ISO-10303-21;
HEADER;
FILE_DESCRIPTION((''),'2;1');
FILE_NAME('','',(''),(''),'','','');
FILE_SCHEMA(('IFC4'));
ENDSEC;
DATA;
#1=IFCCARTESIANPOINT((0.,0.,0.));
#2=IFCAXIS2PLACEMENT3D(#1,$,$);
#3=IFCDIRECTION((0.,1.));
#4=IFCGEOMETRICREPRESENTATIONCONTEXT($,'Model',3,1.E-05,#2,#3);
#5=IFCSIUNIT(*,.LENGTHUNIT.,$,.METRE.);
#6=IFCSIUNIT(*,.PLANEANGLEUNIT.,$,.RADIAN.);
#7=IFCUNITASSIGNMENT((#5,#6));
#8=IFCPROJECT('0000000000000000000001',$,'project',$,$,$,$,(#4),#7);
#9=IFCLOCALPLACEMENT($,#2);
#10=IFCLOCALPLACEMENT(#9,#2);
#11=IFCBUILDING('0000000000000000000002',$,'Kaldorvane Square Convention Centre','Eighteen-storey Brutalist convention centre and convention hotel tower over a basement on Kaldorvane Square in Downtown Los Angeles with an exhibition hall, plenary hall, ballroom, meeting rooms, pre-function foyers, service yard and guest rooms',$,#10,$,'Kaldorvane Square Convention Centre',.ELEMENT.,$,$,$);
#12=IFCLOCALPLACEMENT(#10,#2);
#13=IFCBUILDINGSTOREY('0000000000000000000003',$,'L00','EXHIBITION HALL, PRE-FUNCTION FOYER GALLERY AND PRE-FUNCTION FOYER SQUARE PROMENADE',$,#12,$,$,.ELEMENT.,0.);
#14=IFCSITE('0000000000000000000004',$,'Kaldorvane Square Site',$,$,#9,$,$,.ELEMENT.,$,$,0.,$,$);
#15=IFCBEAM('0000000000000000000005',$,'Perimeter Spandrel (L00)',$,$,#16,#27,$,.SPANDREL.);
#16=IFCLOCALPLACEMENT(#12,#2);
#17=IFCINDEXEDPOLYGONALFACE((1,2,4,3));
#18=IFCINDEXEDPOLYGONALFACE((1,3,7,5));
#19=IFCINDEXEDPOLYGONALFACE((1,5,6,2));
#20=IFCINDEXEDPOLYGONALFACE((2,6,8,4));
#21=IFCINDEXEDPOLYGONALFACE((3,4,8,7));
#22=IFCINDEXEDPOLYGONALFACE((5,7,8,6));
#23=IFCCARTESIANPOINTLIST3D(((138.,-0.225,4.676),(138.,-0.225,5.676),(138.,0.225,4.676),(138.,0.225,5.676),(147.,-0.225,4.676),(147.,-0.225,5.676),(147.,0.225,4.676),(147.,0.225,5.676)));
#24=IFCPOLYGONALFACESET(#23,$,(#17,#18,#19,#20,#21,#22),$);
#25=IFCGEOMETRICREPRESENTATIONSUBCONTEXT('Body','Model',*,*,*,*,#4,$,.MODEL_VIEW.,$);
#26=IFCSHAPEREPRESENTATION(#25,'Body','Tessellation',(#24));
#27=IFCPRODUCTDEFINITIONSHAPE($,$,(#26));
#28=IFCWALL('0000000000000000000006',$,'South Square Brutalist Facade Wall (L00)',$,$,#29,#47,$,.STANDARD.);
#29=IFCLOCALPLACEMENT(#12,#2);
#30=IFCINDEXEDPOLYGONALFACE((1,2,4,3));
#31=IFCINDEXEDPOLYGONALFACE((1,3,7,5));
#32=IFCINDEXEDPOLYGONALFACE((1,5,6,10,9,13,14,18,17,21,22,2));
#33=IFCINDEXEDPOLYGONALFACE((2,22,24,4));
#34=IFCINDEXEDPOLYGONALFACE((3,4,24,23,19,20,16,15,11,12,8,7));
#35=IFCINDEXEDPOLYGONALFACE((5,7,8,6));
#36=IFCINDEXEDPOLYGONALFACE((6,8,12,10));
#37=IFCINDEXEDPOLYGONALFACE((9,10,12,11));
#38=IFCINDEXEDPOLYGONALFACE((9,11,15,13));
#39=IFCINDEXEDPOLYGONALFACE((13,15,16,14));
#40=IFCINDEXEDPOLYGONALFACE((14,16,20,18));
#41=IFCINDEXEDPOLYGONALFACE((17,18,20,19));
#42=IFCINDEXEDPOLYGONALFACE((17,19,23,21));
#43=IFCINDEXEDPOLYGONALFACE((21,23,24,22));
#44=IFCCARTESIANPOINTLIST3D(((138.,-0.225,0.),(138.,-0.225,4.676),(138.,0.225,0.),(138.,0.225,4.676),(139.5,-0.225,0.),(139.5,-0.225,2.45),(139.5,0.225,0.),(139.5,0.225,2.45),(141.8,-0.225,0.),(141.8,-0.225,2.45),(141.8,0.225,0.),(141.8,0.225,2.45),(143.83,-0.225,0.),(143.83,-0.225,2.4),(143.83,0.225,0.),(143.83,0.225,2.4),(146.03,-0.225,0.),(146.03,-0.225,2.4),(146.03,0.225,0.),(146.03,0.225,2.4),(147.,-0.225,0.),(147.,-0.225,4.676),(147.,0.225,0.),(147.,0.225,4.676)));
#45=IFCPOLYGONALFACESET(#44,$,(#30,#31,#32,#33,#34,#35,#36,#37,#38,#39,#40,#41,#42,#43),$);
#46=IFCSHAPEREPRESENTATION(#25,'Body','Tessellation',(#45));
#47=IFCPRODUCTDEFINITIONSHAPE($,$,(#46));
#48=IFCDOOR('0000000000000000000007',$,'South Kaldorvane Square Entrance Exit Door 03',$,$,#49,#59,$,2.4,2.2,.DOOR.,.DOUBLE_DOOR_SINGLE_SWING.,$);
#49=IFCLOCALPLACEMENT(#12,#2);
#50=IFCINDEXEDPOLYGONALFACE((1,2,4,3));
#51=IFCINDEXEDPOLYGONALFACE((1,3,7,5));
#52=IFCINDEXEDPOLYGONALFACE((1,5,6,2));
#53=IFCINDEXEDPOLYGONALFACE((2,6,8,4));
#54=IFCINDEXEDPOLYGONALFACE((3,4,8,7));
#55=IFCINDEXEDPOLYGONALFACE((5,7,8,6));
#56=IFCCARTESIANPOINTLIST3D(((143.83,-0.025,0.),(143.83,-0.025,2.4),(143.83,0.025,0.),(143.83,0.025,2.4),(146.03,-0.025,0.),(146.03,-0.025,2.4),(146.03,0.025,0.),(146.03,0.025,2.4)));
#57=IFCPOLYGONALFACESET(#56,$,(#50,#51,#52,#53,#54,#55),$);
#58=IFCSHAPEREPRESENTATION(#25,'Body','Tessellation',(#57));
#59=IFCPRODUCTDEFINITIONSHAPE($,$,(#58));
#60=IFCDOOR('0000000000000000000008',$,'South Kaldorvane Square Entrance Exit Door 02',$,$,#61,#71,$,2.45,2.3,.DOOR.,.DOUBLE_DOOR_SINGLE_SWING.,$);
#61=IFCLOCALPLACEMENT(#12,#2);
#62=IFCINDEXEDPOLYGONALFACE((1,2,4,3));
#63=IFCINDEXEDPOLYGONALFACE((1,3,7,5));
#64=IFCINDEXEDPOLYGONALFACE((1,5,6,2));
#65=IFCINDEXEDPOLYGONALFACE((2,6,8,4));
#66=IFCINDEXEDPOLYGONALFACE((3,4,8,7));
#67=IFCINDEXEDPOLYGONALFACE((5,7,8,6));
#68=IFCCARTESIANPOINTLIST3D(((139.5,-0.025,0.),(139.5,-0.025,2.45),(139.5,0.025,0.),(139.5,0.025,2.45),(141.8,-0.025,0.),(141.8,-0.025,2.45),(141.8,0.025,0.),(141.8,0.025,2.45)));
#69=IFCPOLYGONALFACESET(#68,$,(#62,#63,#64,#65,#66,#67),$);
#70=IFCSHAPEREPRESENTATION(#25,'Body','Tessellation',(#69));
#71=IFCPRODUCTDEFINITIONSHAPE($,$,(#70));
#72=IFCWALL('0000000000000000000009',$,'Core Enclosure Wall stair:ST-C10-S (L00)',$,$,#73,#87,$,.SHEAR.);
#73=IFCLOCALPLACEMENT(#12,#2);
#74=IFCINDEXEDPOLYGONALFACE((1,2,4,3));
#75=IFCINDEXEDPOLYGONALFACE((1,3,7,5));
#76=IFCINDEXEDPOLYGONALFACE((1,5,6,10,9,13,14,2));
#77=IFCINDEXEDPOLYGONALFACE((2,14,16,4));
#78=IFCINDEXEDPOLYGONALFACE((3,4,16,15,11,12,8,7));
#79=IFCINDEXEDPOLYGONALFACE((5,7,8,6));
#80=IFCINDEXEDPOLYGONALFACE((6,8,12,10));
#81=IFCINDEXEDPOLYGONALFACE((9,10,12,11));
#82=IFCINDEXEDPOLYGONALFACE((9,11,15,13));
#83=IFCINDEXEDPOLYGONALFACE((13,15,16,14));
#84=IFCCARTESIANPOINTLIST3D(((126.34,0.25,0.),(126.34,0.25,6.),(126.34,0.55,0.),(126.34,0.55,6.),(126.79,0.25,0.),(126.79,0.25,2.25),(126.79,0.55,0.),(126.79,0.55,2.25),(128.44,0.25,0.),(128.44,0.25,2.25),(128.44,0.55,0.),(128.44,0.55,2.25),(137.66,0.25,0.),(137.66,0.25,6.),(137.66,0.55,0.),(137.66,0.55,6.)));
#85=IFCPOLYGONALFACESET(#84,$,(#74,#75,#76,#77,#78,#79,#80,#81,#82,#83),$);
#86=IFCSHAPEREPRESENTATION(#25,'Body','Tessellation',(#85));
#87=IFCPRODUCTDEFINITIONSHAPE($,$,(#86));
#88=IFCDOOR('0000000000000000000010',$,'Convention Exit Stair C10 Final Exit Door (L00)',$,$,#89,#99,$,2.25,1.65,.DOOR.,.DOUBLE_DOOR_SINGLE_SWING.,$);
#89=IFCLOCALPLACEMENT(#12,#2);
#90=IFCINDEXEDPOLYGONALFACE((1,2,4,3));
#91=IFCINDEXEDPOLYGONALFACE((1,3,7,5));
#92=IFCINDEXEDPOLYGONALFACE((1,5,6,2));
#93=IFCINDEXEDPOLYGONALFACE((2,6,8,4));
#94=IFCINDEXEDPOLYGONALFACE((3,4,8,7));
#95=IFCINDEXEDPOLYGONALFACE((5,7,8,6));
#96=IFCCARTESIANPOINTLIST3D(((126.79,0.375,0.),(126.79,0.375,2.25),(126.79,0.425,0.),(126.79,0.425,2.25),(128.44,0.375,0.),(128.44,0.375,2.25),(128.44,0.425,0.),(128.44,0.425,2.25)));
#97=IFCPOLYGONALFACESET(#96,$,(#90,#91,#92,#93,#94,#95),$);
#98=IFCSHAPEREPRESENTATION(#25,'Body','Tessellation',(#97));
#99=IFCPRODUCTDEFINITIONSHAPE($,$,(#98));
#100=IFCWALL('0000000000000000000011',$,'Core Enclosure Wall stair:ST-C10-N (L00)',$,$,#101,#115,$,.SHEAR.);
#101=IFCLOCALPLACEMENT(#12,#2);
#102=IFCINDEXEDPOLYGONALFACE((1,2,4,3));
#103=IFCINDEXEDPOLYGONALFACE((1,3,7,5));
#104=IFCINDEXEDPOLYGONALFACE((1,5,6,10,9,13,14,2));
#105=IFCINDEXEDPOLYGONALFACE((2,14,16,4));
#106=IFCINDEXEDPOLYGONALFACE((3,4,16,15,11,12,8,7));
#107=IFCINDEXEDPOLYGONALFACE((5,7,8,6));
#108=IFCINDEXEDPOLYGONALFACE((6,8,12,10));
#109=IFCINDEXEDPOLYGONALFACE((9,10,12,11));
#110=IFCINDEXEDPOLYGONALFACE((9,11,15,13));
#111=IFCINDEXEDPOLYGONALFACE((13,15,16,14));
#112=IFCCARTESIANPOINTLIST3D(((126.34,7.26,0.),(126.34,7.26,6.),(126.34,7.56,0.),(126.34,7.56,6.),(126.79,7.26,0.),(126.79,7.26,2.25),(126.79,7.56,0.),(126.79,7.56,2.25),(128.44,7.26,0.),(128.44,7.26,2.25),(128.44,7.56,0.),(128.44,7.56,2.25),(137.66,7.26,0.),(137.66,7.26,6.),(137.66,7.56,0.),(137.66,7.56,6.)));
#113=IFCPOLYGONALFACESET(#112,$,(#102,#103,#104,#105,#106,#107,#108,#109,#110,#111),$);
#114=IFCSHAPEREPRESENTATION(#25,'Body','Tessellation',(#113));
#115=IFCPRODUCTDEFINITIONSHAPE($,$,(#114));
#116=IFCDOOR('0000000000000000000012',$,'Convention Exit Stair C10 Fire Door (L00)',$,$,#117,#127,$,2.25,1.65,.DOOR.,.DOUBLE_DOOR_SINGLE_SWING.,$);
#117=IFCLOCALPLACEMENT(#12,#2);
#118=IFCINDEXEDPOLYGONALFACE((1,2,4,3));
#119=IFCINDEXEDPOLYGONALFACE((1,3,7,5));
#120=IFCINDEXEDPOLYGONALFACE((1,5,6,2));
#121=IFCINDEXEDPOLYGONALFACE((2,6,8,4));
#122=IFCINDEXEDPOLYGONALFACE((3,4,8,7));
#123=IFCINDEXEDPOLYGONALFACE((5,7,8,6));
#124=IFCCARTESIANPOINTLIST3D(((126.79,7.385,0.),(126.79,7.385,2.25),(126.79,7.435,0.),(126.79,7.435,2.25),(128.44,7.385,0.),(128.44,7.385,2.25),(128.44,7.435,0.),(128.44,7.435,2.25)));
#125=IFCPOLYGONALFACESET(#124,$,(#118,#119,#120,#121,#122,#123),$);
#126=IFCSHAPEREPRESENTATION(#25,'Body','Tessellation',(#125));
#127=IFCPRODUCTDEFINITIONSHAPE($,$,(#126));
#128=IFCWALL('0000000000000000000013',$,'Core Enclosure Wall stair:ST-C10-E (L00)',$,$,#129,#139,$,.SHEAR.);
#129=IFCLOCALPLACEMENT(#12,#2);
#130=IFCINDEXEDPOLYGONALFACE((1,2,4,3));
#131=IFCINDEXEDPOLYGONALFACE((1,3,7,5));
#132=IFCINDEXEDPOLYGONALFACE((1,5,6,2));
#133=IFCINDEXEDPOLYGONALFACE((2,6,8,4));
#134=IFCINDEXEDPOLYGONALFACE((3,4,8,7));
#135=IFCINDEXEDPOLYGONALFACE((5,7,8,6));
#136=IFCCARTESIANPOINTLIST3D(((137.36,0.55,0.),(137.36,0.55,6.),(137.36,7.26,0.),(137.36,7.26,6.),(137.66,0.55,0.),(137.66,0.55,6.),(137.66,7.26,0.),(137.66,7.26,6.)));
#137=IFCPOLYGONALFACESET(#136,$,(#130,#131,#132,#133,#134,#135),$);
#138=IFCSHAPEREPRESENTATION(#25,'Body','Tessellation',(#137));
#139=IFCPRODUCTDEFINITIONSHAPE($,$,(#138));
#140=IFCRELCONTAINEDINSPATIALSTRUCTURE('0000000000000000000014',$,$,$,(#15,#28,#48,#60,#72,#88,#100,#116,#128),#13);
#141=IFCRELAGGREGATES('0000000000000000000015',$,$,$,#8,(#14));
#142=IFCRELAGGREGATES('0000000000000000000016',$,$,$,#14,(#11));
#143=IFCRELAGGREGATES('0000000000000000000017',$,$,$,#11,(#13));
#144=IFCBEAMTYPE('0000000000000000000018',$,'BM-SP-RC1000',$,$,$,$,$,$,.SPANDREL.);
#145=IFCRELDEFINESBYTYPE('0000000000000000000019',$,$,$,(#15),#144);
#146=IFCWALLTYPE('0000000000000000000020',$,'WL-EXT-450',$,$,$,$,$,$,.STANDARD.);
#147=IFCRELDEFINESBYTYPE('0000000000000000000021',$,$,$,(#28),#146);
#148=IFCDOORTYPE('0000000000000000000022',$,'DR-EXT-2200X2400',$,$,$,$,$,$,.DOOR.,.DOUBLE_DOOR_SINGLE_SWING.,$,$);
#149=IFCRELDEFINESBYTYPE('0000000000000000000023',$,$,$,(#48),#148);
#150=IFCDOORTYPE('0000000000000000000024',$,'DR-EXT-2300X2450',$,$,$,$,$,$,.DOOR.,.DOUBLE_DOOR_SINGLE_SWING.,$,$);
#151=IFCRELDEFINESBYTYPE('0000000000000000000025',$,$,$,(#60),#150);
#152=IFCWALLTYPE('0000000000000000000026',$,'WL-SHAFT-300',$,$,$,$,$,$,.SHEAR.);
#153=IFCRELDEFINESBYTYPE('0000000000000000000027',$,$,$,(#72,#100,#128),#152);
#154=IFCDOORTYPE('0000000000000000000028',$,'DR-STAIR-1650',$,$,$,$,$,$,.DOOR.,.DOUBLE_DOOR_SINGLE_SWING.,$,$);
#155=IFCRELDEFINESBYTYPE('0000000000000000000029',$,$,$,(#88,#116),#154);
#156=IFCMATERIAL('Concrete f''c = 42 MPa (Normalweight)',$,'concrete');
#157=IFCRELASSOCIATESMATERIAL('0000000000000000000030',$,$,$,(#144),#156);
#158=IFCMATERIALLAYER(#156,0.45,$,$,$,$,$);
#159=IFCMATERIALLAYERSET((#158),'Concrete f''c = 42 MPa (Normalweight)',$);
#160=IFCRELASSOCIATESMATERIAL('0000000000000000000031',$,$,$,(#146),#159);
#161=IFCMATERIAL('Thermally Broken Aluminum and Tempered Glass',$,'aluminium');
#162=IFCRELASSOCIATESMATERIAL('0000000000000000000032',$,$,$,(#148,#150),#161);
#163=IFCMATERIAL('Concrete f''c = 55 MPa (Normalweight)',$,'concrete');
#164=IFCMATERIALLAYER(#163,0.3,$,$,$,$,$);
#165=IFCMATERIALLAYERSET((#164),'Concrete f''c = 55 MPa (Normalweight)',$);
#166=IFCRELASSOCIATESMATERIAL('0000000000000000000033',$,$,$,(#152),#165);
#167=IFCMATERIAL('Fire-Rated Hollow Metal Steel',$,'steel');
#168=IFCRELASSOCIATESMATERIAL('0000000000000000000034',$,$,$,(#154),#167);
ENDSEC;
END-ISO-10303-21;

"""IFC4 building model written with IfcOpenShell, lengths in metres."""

from ifc_helpers import new_model, si_unit, direction, frame, frame_2d, origin, origin_2d, place, context, subcontext, project, spatial, rectangle, extrude, material, layer, layer_set, material_profile, profile_set, type_object, element, fill, save


model = new_model("IFC4")

# Units and contexts
model_context = context("Model", 3, precision=1e-05, world=origin(), true_north=direction((0.0, 1.0)))
body_context = subcontext(model_context, "Body", "Model", "MODEL_VIEW")
ifc_project = project(units=[si_unit("LENGTHUNIT", "METRE"), si_unit("PLANEANGLEUNIT", "RADIAN")], contexts=[model_context])

# Site, building, storey
site_placement = place(None, origin())
site = spatial("IfcSite", under=ifc_project, at=site_placement, Name="Kaldorvane Square Site", CompositionType="ELEMENT", RefElevation=0.0)
building_placement = place(site_placement, origin())
building = spatial("IfcBuilding", under=site, at=building_placement, Name="Kaldorvane Square Convention Centre", Description="Eighteen-storey Brutalist convention centre and convention hotel tower over a basement on Kaldorvane Square in Downtown Los Angeles with an exhibition hall, plenary hall, ballroom, meeting rooms, pre-function foyers, service yard and guest rooms", LongName="Kaldorvane Square Convention Centre", CompositionType="ELEMENT")
storey_placement = place(building_placement, origin())
storey = spatial("IfcBuildingStorey", under=building, at=storey_placement, Name="L00", Description="EXHIBITION HALL, PRE-FUNCTION FOYER GALLERY AND PRE-FUNCTION FOYER SQUARE PROMENADE", CompositionType="ELEMENT", Elevation=0.0)

# Beam
ifc_material_1 = material(Name="Concrete f'c = 42 MPa (Normalweight)", Category="concrete")
ifc_material_profile_1 = material_profile(ifc_material_1, rectangle(XDim=0.45, YDim=1.0, at=origin_2d()), Name="RCSP1000X450")
ifc_profile_set_1 = profile_set([ifc_material_profile_1], Name="Concrete f'c = 42 MPa (Normalweight)")
beam_type_1 = type_object("IfcBeamType", Name="BM-SP-RC1000", PredefinedType="SPANDREL", material=ifc_profile_set_1)
beam_placement = place(storey_placement, frame((138.0, 0.0, 5.176), z_axis=(1.0, 0.0, 0.0), x_axis=(0.0, 1.0, 0.0)))
element("IfcBeam", 1, at=beam_placement, inside=storey, type_object=beam_type_1, Name="Perimeter Spandrel (L00)", PredefinedType="SPANDREL", context=body_context, shape_type="SweptSolid", body=[
    extrude(rectangle(XDim=0.45, YDim=1.0, at=origin_2d()), origin(), (0.0, 0.0, 1.0), 9.0),
])

# Wall, openings, doors
ifc_layer_1 = layer(ifc_material_1, 0.45)
ifc_layer_set_1 = layer_set([ifc_layer_1], Name="Concrete f'c = 42 MPa (Normalweight)")
wall_type_1 = type_object("IfcWallType", Name="WL-EXT-450", PredefinedType="STANDARD", material=ifc_layer_set_1)
wall_1_placement = place(storey_placement, frame((138.0, 0.0, 0.0), z_axis=(0.0, 0.0, 1.0), x_axis=(1.0, 0.0, 0.0)))
wall_1 = element("IfcWall", 2, at=wall_1_placement, inside=storey, type_object=wall_type_1, Name="South Square Brutalist Facade Wall (L00)", PredefinedType="STANDARD", context=body_context, shape_type="SweptSolid", body=[
    extrude(rectangle(XDim=9.0, YDim=0.45, at=frame_2d((4.5, 0.0))), origin(), (0.0, 0.0, 1.0), 4.676),
])
opening_1_placement = place(wall_1_placement, frame((1.5, 0.0, 0.0)))
opening_1 = element("IfcOpeningElement", 3, at=opening_1_placement, cuts=wall_1, PredefinedType="OPENING", context=body_context, shape_type="SweptSolid", body=[
    extrude(rectangle(XDim=2.3, YDim=2.45, at=frame_2d((1.15, 1.225))), frame((0.0, 0.24, 0.0), z_axis=(0.0, -1.0, 0.0), x_axis=(1.0, 0.0, 0.0)), (0.0, 0.0, 1.0), 0.48),
])
opening_2_placement = place(wall_1_placement, frame((5.83, 0.0, 0.0)))
opening_2 = element("IfcOpeningElement", 4, at=opening_2_placement, cuts=wall_1, PredefinedType="OPENING", context=body_context, shape_type="SweptSolid", body=[
    extrude(rectangle(XDim=2.2, YDim=2.4, at=frame_2d((1.1, 1.2))), frame((0.0, 0.24, 0.0), z_axis=(0.0, -1.0, 0.0), x_axis=(1.0, 0.0, 0.0)), (0.0, 0.0, 1.0), 0.48),
])
ifc_material_2 = material(Name="Thermally Broken Aluminum and Tempered Glass", Category="aluminium")
door_type_1 = type_object("IfcDoorType", Name="DR-EXT-2200X2400", OperationType="DOUBLE_DOOR_SINGLE_SWING", PredefinedType="DOOR", material=ifc_material_2)
door_1_placement = place(opening_2_placement, origin())
door_1 = element("IfcDoor", 5, at=door_1_placement, inside=storey, type_object=door_type_1, Name="South Kaldorvane Square Entrance Exit Door 03", OperationType="DOUBLE_DOOR_SINGLE_SWING", OverallHeight=2.4, OverallWidth=2.2, PredefinedType="DOOR", context=body_context, shape_type="SweptSolid", body=[
    extrude(rectangle(XDim=2.2, YDim=2.4, at=frame_2d((1.1, 1.2))), frame((0.0, 0.025, 0.0), z_axis=(0.0, -1.0, 0.0), x_axis=(1.0, 0.0, 0.0)), (0.0, 0.0, 1.0), 0.05),
])
fill(opening_2, door_1)
door_type_2 = type_object("IfcDoorType", Name="DR-EXT-2300X2450", OperationType="DOUBLE_DOOR_SINGLE_SWING", PredefinedType="DOOR", material=ifc_material_2)
door_2_placement = place(opening_1_placement, origin())
door_2 = element("IfcDoor", 6, at=door_2_placement, inside=storey, type_object=door_type_2, Name="South Kaldorvane Square Entrance Exit Door 02", OperationType="DOUBLE_DOOR_SINGLE_SWING", OverallHeight=2.45, OverallWidth=2.3, PredefinedType="DOOR", context=body_context, shape_type="SweptSolid", body=[
    extrude(rectangle(XDim=2.3, YDim=2.45, at=frame_2d((1.15, 1.225))), frame((0.0, 0.025, 0.0), z_axis=(0.0, -1.0, 0.0), x_axis=(1.0, 0.0, 0.0)), (0.0, 0.0, 1.0), 0.05),
])
fill(opening_1, door_2)

# Walls, openings, doors
ifc_material_3 = material(Name="Concrete f'c = 55 MPa (Normalweight)", Category="concrete")
ifc_layer_2 = layer(ifc_material_3, 0.3)
ifc_layer_set_2 = layer_set([ifc_layer_2], Name="Concrete f'c = 55 MPa (Normalweight)")
wall_type_2 = type_object("IfcWallType", Name="WL-SHAFT-300", PredefinedType="SHEAR", material=ifc_layer_set_2)
wall_2_placement = place(storey_placement, frame((137.66, 0.4, 0.0), z_axis=(0.0, 0.0, 1.0), x_axis=(-1.0, 0.0, 0.0)))
wall_2 = element("IfcWall", 7, at=wall_2_placement, inside=storey, type_object=wall_type_2, Name="Core Enclosure Wall stair:ST-C10-S (L00)", PredefinedType="SHEAR", context=body_context, shape_type="SweptSolid", body=[
    extrude(rectangle(XDim=11.32, YDim=0.3, at=frame_2d((5.66, 0.0))), origin(), (0.0, 0.0, 1.0), 6.0),
])
opening_3_placement = place(wall_2_placement, frame((9.22, 0.0, 0.0)))
opening_3 = element("IfcOpeningElement", 8, at=opening_3_placement, cuts=wall_2, PredefinedType="OPENING", context=body_context, shape_type="SweptSolid", body=[
    extrude(rectangle(XDim=1.65, YDim=2.25, at=frame_2d((0.825, 1.125))), frame((0.0, 0.165, 0.0), z_axis=(0.0, -1.0, 0.0), x_axis=(1.0, 0.0, 0.0)), (0.0, 0.0, 1.0), 0.33),
])
ifc_material_4 = material(Name="Fire-Rated Hollow Metal Steel", Category="steel")
door_type_3 = type_object("IfcDoorType", Name="DR-STAIR-1650", OperationType="DOUBLE_DOOR_SINGLE_SWING", PredefinedType="DOOR", material=ifc_material_4)
door_3_placement = place(opening_3_placement, origin())
door_3 = element("IfcDoor", 9, at=door_3_placement, inside=storey, type_object=door_type_3, Name="Convention Exit Stair C10 Final Exit Door (L00)", OperationType="DOUBLE_DOOR_SINGLE_SWING", OverallHeight=2.25, OverallWidth=1.65, PredefinedType="DOOR", context=body_context, shape_type="SweptSolid", body=[
    extrude(rectangle(XDim=1.65, YDim=2.25, at=frame_2d((0.825, 1.125))), frame((0.0, 0.025, 0.0), z_axis=(0.0, -1.0, 0.0), x_axis=(1.0, 0.0, 0.0)), (0.0, 0.0, 1.0), 0.05),
])
fill(opening_3, door_3)
wall_3_placement = place(storey_placement, frame((137.66, 7.41, 0.0), z_axis=(0.0, 0.0, 1.0), x_axis=(-1.0, 0.0, 0.0)))
wall_3 = element("IfcWall", 10, at=wall_3_placement, inside=storey, type_object=wall_type_2, Name="Core Enclosure Wall stair:ST-C10-N (L00)", PredefinedType="SHEAR", context=body_context, shape_type="SweptSolid", body=[
    extrude(rectangle(XDim=11.32, YDim=0.3, at=frame_2d((5.66, 0.0))), origin(), (0.0, 0.0, 1.0), 6.0),
])
opening_4_placement = place(wall_3_placement, frame((9.22, 0.0, 0.0)))
opening_4 = element("IfcOpeningElement", 11, at=opening_4_placement, cuts=wall_3, PredefinedType="OPENING", context=body_context, shape_type="SweptSolid", body=[
    extrude(rectangle(XDim=1.65, YDim=2.25, at=frame_2d((0.825, 1.125))), frame((0.0, 0.165, 0.0), z_axis=(0.0, -1.0, 0.0), x_axis=(1.0, 0.0, 0.0)), (0.0, 0.0, 1.0), 0.33),
])
door_4_placement = place(opening_4_placement, origin())
door_4 = element("IfcDoor", 12, at=door_4_placement, inside=storey, type_object=door_type_3, Name="Convention Exit Stair C10 Fire Door (L00)", OperationType="DOUBLE_DOOR_SINGLE_SWING", OverallHeight=2.25, OverallWidth=1.65, PredefinedType="DOOR", context=body_context, shape_type="SweptSolid", body=[
    extrude(rectangle(XDim=1.65, YDim=2.25, at=frame_2d((0.825, 1.125))), frame((0.0, 0.025, 0.0), z_axis=(0.0, -1.0, 0.0), x_axis=(1.0, 0.0, 0.0)), (0.0, 0.0, 1.0), 0.05),
])
fill(opening_4, door_4)

# Wall
wall_4_placement = place(storey_placement, frame((137.51, 0.55, 0.0), z_axis=(0.0, 0.0, 1.0), x_axis=(0.0, 1.0, 0.0)))
element("IfcWall", 13, at=wall_4_placement, inside=storey, type_object=wall_type_2, Name="Core Enclosure Wall stair:ST-C10-E (L00)", PredefinedType="SHEAR", context=body_context, shape_type="SweptSolid", body=[
    extrude(rectangle(XDim=6.71, YDim=0.3, at=frame_2d((3.355, 0.0))), origin(), (0.0, 0.0, 1.0), 6.0),
])

save(model, "model.ifc")
